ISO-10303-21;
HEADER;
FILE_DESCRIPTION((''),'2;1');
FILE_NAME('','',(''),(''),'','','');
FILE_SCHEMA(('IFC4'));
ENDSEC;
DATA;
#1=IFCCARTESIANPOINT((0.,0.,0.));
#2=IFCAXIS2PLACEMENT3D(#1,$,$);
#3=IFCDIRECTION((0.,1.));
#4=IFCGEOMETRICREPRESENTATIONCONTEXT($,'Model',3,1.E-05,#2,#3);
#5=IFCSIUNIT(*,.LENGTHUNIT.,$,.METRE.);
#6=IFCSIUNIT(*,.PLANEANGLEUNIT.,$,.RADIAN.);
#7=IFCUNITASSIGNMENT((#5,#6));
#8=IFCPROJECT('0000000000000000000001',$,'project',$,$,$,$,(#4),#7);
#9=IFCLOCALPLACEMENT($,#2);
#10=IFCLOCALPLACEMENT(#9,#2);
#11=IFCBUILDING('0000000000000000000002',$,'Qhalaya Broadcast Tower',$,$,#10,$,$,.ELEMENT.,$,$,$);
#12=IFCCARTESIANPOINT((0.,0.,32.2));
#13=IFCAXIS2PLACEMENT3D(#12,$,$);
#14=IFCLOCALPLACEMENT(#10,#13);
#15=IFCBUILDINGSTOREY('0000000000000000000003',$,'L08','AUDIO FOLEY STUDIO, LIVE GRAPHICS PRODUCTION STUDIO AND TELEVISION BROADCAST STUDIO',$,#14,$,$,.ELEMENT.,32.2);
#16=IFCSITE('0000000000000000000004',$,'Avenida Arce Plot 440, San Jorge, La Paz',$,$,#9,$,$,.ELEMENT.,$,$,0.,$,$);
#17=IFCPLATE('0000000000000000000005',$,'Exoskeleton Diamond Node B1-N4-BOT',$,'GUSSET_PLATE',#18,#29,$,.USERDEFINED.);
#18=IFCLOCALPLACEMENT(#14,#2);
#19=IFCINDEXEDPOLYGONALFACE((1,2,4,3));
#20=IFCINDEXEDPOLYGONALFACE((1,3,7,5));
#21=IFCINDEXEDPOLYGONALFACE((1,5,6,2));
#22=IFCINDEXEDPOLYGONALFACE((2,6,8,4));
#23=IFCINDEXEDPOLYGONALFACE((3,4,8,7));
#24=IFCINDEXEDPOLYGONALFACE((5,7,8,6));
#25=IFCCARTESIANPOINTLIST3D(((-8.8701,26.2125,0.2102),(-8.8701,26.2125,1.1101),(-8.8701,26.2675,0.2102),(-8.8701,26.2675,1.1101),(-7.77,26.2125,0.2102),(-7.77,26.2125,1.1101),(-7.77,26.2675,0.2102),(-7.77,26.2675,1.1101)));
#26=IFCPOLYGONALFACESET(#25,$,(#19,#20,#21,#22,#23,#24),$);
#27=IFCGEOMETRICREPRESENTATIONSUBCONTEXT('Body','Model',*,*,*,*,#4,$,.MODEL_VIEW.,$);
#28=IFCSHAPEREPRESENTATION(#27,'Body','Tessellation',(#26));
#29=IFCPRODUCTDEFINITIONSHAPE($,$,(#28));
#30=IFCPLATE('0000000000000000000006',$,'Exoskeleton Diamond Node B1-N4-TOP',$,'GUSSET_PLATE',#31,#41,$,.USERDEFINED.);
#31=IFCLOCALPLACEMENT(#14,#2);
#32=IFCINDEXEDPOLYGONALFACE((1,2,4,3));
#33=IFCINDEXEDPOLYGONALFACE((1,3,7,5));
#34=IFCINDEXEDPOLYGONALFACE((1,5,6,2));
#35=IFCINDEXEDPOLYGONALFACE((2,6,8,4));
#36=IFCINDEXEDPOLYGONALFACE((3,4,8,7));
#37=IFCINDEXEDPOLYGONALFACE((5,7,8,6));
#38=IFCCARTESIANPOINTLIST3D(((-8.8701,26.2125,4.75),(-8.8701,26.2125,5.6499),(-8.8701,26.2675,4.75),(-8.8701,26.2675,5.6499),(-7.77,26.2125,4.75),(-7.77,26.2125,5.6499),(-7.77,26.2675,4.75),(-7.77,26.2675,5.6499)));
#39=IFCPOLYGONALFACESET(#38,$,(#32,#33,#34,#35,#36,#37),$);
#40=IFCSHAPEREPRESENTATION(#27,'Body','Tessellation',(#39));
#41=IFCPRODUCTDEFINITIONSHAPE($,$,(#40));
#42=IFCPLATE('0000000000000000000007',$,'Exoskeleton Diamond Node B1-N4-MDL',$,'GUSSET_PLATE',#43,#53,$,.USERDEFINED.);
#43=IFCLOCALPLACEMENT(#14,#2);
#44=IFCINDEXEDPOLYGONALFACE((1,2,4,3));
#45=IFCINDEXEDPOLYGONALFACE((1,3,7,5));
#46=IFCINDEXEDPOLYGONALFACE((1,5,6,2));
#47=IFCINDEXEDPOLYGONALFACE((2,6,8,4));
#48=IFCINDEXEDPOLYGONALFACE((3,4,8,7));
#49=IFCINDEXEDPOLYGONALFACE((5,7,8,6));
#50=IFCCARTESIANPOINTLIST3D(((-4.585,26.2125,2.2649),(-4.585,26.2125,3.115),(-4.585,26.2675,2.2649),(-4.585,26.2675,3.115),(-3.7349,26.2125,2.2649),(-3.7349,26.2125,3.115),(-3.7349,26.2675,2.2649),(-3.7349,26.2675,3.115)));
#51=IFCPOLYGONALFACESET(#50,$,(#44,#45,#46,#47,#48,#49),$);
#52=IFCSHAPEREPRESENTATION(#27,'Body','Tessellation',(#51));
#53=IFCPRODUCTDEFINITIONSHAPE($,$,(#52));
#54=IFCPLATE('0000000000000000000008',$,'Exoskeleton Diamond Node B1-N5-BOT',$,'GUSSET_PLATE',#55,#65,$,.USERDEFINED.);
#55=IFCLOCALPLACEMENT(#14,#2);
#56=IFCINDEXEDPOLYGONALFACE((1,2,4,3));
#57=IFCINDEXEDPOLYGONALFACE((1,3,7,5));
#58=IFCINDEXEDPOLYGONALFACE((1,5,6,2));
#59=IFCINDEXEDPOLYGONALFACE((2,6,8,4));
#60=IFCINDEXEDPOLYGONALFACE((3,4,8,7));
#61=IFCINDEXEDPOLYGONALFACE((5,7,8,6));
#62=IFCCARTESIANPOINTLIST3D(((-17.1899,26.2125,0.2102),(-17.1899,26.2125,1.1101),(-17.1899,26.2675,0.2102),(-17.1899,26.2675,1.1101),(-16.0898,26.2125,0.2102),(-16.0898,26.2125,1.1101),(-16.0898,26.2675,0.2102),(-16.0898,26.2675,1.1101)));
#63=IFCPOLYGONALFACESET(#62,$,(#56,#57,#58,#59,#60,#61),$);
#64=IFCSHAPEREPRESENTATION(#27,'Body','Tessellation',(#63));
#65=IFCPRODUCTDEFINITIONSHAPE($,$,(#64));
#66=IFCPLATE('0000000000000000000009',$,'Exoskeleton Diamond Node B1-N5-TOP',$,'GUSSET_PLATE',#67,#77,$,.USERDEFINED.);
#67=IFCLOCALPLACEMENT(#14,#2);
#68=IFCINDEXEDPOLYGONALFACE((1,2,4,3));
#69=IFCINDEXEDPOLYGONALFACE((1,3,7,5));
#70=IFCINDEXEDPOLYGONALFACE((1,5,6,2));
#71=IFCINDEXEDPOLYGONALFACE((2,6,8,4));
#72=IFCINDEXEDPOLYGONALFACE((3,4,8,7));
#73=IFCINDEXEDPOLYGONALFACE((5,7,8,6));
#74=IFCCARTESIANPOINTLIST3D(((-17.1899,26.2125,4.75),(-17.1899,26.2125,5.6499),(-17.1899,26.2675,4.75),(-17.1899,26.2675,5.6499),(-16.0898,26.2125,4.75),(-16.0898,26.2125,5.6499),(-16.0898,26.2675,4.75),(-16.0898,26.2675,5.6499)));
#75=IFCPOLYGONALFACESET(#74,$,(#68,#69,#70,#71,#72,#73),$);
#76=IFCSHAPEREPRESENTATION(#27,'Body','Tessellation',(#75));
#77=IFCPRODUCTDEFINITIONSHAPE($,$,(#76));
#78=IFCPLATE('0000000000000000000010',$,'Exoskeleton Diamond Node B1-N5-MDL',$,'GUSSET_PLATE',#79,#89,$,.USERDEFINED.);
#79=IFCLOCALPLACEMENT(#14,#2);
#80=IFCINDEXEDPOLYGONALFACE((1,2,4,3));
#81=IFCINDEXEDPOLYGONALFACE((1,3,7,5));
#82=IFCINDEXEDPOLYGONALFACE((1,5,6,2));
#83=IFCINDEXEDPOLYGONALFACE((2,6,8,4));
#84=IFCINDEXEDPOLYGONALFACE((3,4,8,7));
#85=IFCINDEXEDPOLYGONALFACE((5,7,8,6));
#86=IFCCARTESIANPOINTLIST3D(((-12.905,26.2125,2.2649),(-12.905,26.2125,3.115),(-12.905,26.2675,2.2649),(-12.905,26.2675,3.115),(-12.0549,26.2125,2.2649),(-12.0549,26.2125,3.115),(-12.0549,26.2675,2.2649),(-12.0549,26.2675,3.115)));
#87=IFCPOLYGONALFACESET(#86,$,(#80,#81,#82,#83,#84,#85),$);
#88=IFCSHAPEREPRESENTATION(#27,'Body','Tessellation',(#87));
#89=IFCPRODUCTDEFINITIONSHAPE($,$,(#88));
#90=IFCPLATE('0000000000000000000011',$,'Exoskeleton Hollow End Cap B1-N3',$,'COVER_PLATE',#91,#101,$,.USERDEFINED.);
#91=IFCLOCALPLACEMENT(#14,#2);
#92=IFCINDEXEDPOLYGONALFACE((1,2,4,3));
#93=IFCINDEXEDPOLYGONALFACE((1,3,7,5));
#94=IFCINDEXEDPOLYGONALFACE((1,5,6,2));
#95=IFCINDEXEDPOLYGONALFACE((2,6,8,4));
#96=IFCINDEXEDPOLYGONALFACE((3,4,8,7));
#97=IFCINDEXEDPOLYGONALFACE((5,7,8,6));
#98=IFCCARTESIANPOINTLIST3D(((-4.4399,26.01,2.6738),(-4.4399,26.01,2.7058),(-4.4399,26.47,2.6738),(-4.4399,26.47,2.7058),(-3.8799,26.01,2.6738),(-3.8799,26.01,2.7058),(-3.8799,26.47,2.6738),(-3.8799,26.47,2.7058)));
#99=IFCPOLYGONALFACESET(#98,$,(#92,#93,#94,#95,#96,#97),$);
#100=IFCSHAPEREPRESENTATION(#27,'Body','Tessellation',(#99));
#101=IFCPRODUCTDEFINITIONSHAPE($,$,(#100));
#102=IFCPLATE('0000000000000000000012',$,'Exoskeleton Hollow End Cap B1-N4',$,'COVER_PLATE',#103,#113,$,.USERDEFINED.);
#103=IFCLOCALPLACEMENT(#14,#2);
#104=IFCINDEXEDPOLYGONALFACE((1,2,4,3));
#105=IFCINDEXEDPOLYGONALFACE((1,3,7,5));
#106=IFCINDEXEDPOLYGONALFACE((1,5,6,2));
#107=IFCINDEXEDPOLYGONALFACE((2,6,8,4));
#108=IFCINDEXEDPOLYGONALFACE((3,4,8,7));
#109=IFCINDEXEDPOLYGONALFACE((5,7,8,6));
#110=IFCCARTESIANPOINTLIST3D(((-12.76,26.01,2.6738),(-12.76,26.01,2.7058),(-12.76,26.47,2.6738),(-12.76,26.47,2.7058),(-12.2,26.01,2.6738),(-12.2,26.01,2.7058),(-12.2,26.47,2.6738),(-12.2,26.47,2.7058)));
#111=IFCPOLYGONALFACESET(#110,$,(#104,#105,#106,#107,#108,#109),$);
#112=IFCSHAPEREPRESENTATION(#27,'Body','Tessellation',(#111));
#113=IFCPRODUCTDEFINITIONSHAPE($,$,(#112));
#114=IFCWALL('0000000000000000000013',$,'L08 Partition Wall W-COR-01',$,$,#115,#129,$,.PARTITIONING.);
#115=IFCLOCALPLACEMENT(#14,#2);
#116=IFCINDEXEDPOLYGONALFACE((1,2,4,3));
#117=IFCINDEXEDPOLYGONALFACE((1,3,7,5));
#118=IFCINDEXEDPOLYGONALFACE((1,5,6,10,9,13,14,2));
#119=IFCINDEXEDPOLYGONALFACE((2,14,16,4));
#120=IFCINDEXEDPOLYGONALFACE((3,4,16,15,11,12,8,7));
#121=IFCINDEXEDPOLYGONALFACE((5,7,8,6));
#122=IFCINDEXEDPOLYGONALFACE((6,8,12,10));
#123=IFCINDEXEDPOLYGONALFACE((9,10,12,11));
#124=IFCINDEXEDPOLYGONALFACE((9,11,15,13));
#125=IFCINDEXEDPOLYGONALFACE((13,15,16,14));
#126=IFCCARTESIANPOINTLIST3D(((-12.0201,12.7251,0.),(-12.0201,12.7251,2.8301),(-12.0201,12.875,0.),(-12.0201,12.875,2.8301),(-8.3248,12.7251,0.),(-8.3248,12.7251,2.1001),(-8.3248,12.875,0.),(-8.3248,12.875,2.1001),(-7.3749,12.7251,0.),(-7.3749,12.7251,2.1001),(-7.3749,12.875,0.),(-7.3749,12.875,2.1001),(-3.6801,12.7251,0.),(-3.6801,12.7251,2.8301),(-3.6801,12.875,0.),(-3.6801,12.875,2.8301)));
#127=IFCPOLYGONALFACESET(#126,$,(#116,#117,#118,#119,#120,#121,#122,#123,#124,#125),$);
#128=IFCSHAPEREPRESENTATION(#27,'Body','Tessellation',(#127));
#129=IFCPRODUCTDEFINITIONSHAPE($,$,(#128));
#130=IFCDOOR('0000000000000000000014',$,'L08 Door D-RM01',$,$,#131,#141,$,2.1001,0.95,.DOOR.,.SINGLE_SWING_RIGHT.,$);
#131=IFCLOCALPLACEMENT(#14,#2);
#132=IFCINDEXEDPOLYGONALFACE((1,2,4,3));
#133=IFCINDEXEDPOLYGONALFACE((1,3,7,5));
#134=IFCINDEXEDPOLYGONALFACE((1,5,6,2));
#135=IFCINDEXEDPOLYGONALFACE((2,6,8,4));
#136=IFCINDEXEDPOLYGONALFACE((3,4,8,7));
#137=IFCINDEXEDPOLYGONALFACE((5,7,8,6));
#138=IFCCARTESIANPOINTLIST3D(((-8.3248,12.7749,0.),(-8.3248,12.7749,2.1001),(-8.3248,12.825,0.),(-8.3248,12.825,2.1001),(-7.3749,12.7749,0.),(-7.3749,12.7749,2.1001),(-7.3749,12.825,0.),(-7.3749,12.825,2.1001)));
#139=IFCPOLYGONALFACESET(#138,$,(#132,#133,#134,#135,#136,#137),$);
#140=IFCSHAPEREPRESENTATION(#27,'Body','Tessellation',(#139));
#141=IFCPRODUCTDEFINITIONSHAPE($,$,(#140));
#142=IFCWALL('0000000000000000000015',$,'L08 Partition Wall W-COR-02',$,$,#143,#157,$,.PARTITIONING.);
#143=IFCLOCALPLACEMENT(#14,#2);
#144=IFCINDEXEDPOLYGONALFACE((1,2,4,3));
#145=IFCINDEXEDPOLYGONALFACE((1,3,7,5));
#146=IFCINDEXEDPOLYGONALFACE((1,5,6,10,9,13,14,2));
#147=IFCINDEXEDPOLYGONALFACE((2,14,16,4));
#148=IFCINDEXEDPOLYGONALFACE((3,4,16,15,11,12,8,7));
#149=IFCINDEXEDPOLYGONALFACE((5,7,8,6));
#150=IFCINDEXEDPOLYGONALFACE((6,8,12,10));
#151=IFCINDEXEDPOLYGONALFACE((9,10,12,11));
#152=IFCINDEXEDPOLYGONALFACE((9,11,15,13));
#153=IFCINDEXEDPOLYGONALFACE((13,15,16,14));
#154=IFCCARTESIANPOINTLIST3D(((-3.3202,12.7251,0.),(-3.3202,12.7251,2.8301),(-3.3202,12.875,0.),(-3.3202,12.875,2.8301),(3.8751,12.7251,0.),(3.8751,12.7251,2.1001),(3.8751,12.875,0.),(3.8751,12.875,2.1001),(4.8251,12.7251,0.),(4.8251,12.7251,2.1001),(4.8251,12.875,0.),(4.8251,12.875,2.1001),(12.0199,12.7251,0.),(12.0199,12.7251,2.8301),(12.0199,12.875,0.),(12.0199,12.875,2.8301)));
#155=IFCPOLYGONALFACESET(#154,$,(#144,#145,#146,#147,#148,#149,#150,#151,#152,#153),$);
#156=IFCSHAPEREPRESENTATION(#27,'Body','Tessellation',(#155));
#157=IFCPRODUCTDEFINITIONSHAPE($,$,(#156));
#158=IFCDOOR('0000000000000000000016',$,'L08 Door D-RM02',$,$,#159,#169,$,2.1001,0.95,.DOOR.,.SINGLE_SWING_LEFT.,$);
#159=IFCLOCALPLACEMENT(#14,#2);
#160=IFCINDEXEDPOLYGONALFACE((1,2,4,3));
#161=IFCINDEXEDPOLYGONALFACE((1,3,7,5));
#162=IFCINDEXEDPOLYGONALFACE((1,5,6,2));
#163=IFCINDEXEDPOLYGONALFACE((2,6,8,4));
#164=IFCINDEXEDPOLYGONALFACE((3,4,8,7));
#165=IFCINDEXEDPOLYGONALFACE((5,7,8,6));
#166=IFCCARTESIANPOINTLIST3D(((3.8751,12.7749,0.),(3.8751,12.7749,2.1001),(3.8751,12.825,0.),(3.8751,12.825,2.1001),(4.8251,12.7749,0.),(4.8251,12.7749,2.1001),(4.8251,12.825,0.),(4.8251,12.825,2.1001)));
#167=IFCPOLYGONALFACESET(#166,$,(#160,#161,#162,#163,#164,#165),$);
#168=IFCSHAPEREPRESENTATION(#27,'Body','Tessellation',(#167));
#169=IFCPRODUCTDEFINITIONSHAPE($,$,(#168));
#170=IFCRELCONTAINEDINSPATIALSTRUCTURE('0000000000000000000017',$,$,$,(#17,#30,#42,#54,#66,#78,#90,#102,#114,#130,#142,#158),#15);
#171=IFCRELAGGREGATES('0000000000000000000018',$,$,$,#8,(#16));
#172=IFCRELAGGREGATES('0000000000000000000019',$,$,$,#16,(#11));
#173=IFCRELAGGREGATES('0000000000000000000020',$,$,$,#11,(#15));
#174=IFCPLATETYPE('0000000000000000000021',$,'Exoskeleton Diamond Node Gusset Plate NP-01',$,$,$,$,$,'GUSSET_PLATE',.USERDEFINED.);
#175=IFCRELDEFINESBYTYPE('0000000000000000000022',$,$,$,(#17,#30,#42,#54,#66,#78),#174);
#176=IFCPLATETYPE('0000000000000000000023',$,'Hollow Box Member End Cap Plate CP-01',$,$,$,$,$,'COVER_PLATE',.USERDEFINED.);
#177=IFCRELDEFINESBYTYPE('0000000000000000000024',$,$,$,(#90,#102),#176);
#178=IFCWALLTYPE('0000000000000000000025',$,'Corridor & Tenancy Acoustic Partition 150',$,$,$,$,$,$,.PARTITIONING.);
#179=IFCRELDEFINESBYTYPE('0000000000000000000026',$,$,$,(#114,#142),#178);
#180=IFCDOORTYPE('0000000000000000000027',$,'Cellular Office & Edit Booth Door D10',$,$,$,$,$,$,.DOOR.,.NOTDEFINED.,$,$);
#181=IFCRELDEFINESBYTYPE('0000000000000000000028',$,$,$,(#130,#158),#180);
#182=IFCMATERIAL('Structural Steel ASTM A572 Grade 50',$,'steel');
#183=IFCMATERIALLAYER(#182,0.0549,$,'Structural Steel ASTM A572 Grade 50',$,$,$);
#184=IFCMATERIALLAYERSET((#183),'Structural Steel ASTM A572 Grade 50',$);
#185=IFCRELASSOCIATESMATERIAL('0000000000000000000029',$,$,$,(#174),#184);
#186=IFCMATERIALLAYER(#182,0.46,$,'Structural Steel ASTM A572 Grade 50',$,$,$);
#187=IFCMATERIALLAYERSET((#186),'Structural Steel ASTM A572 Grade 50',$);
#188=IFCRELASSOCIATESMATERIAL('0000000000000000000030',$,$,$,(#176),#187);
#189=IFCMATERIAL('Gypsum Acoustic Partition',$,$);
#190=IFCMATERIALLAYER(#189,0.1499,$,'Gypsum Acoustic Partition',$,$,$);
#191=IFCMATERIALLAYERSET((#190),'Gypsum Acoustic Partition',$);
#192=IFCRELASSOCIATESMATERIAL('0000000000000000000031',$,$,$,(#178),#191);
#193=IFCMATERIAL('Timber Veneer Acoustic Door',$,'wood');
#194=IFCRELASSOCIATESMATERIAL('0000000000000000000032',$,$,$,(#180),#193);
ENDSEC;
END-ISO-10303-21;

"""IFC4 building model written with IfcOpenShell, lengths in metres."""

from ifc_helpers import new_model, si_unit, direction, frame, frame_2d, origin, origin_2d, place, context, subcontext, project, spatial, rectangle, extrude, material, layer, layer_set, type_object, element, fill, save


model = new_model("IFC4")

# Units and contexts
model_context = context("Model", 3, precision=1e-05, world=origin(), true_north=direction((0.0, 1.0)))
body_context = subcontext(model_context, "Body", "Model", "MODEL_VIEW")
ifc_project = project(units=[si_unit("LENGTHUNIT", "METRE"), si_unit("PLANEANGLEUNIT", "RADIAN")], contexts=[model_context])

# Site, building, storey
site_placement = place(None, origin())
site = spatial("IfcSite", under=ifc_project, at=site_placement, Name="Avenida Arce Plot 440, San Jorge, La Paz", CompositionType="ELEMENT", RefElevation=0.0)
building_placement = place(site_placement, origin())
building = spatial("IfcBuilding", under=site, at=building_placement, Name="Qhalaya Broadcast Tower", CompositionType="ELEMENT")
storey_placement = place(building_placement, frame((0.0, 0.0, 32.2)))
storey = spatial("IfcBuildingStorey", under=building, at=storey_placement, Name="L08", Description="AUDIO FOLEY STUDIO, LIVE GRAPHICS PRODUCTION STUDIO AND TELEVISION BROADCAST STUDIO", CompositionType="ELEMENT", Elevation=32.2)

# Shared definitions
ifc_material_1 = material(Name="Structural Steel ASTM A572 Grade 50", Category="steel")

# Plates
ifc_layer_1 = layer(ifc_material_1, 0.0549, Name="Structural Steel ASTM A572 Grade 50")
ifc_layer_set_1 = layer_set([ifc_layer_1], Name="Structural Steel ASTM A572 Grade 50")
plate_type_1 = type_object("IfcPlateType", Name="Exoskeleton Diamond Node Gusset Plate NP-01", ElementType="GUSSET_PLATE", PredefinedType="USERDEFINED", material=ifc_layer_set_1)
for number, where, z_axis, x_axis, name in (
    (1, (-8.3201, 26.24, 0.2102), (0.0, 0.0, 1.0), (1.0, 0.0, 0.0), "Exoskeleton Diamond Node B1-N4-BOT"),
    (2, (-8.3201, 26.24, 4.75), (0.0, 0.0, 1.0), (1.0, 0.0, 0.0), "Exoskeleton Diamond Node B1-N4-TOP"),
):
    element("IfcPlate", number, at=place(storey_placement, frame(where, z_axis=z_axis, x_axis=x_axis)), inside=storey, type_object=plate_type_1, Name=name, ObjectType="GUSSET_PLATE", PredefinedType="USERDEFINED", context=body_context, shape_type="SweptSolid", body=[
        extrude(rectangle(XDim=1.1001, YDim=0.0549, at=origin_2d()), origin(), (0.0, 0.0, 1.0), 0.8999),
    ])
plate_1_placement = place(storey_placement, frame((-4.1599, 26.24, 2.2649), z_axis=(0.0, 0.0, 1.0), x_axis=(1.0, 0.0, 0.0)))
element("IfcPlate", 3, at=plate_1_placement, inside=storey, type_object=plate_type_1, Name="Exoskeleton Diamond Node B1-N4-MDL", ObjectType="GUSSET_PLATE", PredefinedType="USERDEFINED", context=body_context, shape_type="SweptSolid", body=[
    extrude(rectangle(XDim=0.8501, YDim=0.0549, at=origin_2d()), origin(), (0.0, 0.0, 1.0), 0.8501),
])
for number, where, z_axis, x_axis, name in (
    (4, (-16.6399, 26.24, 0.2102), (0.0, 0.0, 1.0), (1.0, 0.0, 0.0), "Exoskeleton Diamond Node B1-N5-BOT"),
    (5, (-16.6399, 26.24, 4.75), (0.0, 0.0, 1.0), (1.0, 0.0, 0.0), "Exoskeleton Diamond Node B1-N5-TOP"),
):
    element("IfcPlate", number, at=place(storey_placement, frame(where, z_axis=z_axis, x_axis=x_axis)), inside=storey, type_object=plate_type_1, Name=name, ObjectType="GUSSET_PLATE", PredefinedType="USERDEFINED", context=body_context, shape_type="SweptSolid", body=[
        extrude(rectangle(XDim=1.1001, YDim=0.0549, at=origin_2d()), origin(), (0.0, 0.0, 1.0), 0.8999),
    ])
plate_2_placement = place(storey_placement, frame((-12.48, 26.24, 2.2649), z_axis=(0.0, 0.0, 1.0), x_axis=(1.0, 0.0, 0.0)))
element("IfcPlate", 6, at=plate_2_placement, inside=storey, type_object=plate_type_1, Name="Exoskeleton Diamond Node B1-N5-MDL", ObjectType="GUSSET_PLATE", PredefinedType="USERDEFINED", context=body_context, shape_type="SweptSolid", body=[
    extrude(rectangle(XDim=0.8501, YDim=0.0549, at=origin_2d()), origin(), (0.0, 0.0, 1.0), 0.8501),
])
ifc_layer_2 = layer(ifc_material_1, 0.46, Name="Structural Steel ASTM A572 Grade 50")
ifc_layer_set_2 = layer_set([ifc_layer_2], Name="Structural Steel ASTM A572 Grade 50")
plate_type_2 = type_object("IfcPlateType", Name="Hollow Box Member End Cap Plate CP-01", ElementType="COVER_PLATE", PredefinedType="USERDEFINED", material=ifc_layer_set_2)
for number, where, z_axis, x_axis, name in (
    (7, (-4.1599, 26.24, 2.6738), (0.0, 0.0, 1.0), (1.0, 0.0, 0.0), "Exoskeleton Hollow End Cap B1-N3"),
    (8, (-12.48, 26.24, 2.6738), (0.0, 0.0, 1.0), (1.0, 0.0, 0.0), "Exoskeleton Hollow End Cap B1-N4"),
):
    element("IfcPlate", number, at=place(storey_placement, frame(where, z_axis=z_axis, x_axis=x_axis)), inside=storey, type_object=plate_type_2, Name=name, ObjectType="COVER_PLATE", PredefinedType="USERDEFINED", context=body_context, shape_type="SweptSolid", body=[
        extrude(rectangle(XDim=0.5601, YDim=0.46, at=origin_2d()), origin(), (0.0, 0.0, 1.0), 0.032),
    ])

# Walls, openings, doors
ifc_material_2 = material(Name="Gypsum Acoustic Partition")
ifc_layer_3 = layer(ifc_material_2, 0.1499, Name="Gypsum Acoustic Partition")
ifc_layer_set_3 = layer_set([ifc_layer_3], Name="Gypsum Acoustic Partition")
wall_type_1 = type_object("IfcWallType", Name="Corridor & Tenancy Acoustic Partition 150", PredefinedType="PARTITIONING", material=ifc_layer_set_3)
wall_1_placement = place(storey_placement, frame((-12.02, 12.8, 0.0), z_axis=(0.0, 0.0, 1.0), x_axis=(1.0, 0.0, 0.0)))
wall_1 = element("IfcWall", 9, at=wall_1_placement, inside=storey, type_object=wall_type_1, Name="L08 Partition Wall W-COR-01", PredefinedType="PARTITIONING", context=body_context, shape_type="SweptSolid", body=[
    extrude(rectangle(XDim=8.3401, YDim=0.1499, at=frame_2d((4.1699, 0.0))), origin(), (0.0, 0.0, 1.0), 2.8301),
])
opening_1_placement = place(wall_1_placement, frame((3.6951, 0.0, 0.0)))
opening_1 = element("IfcOpeningElement", 10, at=opening_1_placement, cuts=wall_1, PredefinedType="OPENING", context=body_context, shape_type="SweptSolid", body=[
    extrude(rectangle(XDim=0.95, YDim=2.1001, at=frame_2d((0.4751, 1.05))), frame((0.0, 0.0869, 0.0), z_axis=(0.0, -1.0, 0.0), x_axis=(1.0, 0.0, 0.0)), (0.0, 0.0, 1.0), 0.1738),
])
ifc_material_3 = material(Name="Timber Veneer Acoustic Door", Category="wood")
door_type = type_object("IfcDoorType", Name="Cellular Office & Edit Booth Door D10", OperationType="NOTDEFINED", PredefinedType="DOOR", material=ifc_material_3)
door_1_placement = place(opening_1_placement, origin())
door_1 = element("IfcDoor", 11, at=door_1_placement, inside=storey, type_object=door_type, Name="L08 Door D-RM01", OperationType="SINGLE_SWING_RIGHT", OverallHeight=2.1001, OverallWidth=0.95, PredefinedType="DOOR", context=body_context, shape_type="SweptSolid", body=[
    extrude(rectangle(XDim=0.95, YDim=2.1001, at=frame_2d((0.4751, 1.05))), frame((0.0, 0.0249, 0.0), z_axis=(0.0, -1.0, 0.0), x_axis=(1.0, 0.0, 0.0)), (0.0, 0.0, 1.0), 0.05),
])
fill(opening_1, door_1)
wall_2_placement = place(storey_placement, frame((-3.3201, 12.8, 0.0), z_axis=(0.0, 0.0, 1.0), x_axis=(1.0, 0.0, 0.0)))
wall_2 = element("IfcWall", 12, at=wall_2_placement, inside=storey, type_object=wall_type_1, Name="L08 Partition Wall W-COR-02", PredefinedType="PARTITIONING", context=body_context, shape_type="SweptSolid", body=[
    extrude(rectangle(XDim=15.3401, YDim=0.1499, at=frame_2d((7.6699, 0.0))), origin(), (0.0, 0.0, 1.0), 2.8301),
])
opening_2_placement = place(wall_2_placement, frame((7.1951, 0.0, 0.0)))
opening_2 = element("IfcOpeningElement", 13, at=opening_2_placement, cuts=wall_2, PredefinedType="OPENING", context=body_context, shape_type="SweptSolid", body=[
    extrude(rectangle(XDim=0.95, YDim=2.1001, at=frame_2d((0.4751, 1.05))), frame((0.0, 0.0869, 0.0), z_axis=(0.0, -1.0, 0.0), x_axis=(1.0, 0.0, 0.0)), (0.0, 0.0, 1.0), 0.1738),
])
door_2_placement = place(opening_2_placement, origin())
door_2 = element("IfcDoor", 14, at=door_2_placement, inside=storey, type_object=door_type, Name="L08 Door D-RM02", OperationType="SINGLE_SWING_LEFT", OverallHeight=2.1001, OverallWidth=0.95, PredefinedType="DOOR", context=body_context, shape_type="SweptSolid", body=[
    extrude(rectangle(XDim=0.95, YDim=2.1001, at=frame_2d((0.4751, 1.05))), frame((0.0, 0.0249, 0.0), z_axis=(0.0, -1.0, 0.0), x_axis=(1.0, 0.0, 0.0)), (0.0, 0.0, 1.0), 0.05),
])
fill(opening_2, door_2)

save(model, "model.ifc")
